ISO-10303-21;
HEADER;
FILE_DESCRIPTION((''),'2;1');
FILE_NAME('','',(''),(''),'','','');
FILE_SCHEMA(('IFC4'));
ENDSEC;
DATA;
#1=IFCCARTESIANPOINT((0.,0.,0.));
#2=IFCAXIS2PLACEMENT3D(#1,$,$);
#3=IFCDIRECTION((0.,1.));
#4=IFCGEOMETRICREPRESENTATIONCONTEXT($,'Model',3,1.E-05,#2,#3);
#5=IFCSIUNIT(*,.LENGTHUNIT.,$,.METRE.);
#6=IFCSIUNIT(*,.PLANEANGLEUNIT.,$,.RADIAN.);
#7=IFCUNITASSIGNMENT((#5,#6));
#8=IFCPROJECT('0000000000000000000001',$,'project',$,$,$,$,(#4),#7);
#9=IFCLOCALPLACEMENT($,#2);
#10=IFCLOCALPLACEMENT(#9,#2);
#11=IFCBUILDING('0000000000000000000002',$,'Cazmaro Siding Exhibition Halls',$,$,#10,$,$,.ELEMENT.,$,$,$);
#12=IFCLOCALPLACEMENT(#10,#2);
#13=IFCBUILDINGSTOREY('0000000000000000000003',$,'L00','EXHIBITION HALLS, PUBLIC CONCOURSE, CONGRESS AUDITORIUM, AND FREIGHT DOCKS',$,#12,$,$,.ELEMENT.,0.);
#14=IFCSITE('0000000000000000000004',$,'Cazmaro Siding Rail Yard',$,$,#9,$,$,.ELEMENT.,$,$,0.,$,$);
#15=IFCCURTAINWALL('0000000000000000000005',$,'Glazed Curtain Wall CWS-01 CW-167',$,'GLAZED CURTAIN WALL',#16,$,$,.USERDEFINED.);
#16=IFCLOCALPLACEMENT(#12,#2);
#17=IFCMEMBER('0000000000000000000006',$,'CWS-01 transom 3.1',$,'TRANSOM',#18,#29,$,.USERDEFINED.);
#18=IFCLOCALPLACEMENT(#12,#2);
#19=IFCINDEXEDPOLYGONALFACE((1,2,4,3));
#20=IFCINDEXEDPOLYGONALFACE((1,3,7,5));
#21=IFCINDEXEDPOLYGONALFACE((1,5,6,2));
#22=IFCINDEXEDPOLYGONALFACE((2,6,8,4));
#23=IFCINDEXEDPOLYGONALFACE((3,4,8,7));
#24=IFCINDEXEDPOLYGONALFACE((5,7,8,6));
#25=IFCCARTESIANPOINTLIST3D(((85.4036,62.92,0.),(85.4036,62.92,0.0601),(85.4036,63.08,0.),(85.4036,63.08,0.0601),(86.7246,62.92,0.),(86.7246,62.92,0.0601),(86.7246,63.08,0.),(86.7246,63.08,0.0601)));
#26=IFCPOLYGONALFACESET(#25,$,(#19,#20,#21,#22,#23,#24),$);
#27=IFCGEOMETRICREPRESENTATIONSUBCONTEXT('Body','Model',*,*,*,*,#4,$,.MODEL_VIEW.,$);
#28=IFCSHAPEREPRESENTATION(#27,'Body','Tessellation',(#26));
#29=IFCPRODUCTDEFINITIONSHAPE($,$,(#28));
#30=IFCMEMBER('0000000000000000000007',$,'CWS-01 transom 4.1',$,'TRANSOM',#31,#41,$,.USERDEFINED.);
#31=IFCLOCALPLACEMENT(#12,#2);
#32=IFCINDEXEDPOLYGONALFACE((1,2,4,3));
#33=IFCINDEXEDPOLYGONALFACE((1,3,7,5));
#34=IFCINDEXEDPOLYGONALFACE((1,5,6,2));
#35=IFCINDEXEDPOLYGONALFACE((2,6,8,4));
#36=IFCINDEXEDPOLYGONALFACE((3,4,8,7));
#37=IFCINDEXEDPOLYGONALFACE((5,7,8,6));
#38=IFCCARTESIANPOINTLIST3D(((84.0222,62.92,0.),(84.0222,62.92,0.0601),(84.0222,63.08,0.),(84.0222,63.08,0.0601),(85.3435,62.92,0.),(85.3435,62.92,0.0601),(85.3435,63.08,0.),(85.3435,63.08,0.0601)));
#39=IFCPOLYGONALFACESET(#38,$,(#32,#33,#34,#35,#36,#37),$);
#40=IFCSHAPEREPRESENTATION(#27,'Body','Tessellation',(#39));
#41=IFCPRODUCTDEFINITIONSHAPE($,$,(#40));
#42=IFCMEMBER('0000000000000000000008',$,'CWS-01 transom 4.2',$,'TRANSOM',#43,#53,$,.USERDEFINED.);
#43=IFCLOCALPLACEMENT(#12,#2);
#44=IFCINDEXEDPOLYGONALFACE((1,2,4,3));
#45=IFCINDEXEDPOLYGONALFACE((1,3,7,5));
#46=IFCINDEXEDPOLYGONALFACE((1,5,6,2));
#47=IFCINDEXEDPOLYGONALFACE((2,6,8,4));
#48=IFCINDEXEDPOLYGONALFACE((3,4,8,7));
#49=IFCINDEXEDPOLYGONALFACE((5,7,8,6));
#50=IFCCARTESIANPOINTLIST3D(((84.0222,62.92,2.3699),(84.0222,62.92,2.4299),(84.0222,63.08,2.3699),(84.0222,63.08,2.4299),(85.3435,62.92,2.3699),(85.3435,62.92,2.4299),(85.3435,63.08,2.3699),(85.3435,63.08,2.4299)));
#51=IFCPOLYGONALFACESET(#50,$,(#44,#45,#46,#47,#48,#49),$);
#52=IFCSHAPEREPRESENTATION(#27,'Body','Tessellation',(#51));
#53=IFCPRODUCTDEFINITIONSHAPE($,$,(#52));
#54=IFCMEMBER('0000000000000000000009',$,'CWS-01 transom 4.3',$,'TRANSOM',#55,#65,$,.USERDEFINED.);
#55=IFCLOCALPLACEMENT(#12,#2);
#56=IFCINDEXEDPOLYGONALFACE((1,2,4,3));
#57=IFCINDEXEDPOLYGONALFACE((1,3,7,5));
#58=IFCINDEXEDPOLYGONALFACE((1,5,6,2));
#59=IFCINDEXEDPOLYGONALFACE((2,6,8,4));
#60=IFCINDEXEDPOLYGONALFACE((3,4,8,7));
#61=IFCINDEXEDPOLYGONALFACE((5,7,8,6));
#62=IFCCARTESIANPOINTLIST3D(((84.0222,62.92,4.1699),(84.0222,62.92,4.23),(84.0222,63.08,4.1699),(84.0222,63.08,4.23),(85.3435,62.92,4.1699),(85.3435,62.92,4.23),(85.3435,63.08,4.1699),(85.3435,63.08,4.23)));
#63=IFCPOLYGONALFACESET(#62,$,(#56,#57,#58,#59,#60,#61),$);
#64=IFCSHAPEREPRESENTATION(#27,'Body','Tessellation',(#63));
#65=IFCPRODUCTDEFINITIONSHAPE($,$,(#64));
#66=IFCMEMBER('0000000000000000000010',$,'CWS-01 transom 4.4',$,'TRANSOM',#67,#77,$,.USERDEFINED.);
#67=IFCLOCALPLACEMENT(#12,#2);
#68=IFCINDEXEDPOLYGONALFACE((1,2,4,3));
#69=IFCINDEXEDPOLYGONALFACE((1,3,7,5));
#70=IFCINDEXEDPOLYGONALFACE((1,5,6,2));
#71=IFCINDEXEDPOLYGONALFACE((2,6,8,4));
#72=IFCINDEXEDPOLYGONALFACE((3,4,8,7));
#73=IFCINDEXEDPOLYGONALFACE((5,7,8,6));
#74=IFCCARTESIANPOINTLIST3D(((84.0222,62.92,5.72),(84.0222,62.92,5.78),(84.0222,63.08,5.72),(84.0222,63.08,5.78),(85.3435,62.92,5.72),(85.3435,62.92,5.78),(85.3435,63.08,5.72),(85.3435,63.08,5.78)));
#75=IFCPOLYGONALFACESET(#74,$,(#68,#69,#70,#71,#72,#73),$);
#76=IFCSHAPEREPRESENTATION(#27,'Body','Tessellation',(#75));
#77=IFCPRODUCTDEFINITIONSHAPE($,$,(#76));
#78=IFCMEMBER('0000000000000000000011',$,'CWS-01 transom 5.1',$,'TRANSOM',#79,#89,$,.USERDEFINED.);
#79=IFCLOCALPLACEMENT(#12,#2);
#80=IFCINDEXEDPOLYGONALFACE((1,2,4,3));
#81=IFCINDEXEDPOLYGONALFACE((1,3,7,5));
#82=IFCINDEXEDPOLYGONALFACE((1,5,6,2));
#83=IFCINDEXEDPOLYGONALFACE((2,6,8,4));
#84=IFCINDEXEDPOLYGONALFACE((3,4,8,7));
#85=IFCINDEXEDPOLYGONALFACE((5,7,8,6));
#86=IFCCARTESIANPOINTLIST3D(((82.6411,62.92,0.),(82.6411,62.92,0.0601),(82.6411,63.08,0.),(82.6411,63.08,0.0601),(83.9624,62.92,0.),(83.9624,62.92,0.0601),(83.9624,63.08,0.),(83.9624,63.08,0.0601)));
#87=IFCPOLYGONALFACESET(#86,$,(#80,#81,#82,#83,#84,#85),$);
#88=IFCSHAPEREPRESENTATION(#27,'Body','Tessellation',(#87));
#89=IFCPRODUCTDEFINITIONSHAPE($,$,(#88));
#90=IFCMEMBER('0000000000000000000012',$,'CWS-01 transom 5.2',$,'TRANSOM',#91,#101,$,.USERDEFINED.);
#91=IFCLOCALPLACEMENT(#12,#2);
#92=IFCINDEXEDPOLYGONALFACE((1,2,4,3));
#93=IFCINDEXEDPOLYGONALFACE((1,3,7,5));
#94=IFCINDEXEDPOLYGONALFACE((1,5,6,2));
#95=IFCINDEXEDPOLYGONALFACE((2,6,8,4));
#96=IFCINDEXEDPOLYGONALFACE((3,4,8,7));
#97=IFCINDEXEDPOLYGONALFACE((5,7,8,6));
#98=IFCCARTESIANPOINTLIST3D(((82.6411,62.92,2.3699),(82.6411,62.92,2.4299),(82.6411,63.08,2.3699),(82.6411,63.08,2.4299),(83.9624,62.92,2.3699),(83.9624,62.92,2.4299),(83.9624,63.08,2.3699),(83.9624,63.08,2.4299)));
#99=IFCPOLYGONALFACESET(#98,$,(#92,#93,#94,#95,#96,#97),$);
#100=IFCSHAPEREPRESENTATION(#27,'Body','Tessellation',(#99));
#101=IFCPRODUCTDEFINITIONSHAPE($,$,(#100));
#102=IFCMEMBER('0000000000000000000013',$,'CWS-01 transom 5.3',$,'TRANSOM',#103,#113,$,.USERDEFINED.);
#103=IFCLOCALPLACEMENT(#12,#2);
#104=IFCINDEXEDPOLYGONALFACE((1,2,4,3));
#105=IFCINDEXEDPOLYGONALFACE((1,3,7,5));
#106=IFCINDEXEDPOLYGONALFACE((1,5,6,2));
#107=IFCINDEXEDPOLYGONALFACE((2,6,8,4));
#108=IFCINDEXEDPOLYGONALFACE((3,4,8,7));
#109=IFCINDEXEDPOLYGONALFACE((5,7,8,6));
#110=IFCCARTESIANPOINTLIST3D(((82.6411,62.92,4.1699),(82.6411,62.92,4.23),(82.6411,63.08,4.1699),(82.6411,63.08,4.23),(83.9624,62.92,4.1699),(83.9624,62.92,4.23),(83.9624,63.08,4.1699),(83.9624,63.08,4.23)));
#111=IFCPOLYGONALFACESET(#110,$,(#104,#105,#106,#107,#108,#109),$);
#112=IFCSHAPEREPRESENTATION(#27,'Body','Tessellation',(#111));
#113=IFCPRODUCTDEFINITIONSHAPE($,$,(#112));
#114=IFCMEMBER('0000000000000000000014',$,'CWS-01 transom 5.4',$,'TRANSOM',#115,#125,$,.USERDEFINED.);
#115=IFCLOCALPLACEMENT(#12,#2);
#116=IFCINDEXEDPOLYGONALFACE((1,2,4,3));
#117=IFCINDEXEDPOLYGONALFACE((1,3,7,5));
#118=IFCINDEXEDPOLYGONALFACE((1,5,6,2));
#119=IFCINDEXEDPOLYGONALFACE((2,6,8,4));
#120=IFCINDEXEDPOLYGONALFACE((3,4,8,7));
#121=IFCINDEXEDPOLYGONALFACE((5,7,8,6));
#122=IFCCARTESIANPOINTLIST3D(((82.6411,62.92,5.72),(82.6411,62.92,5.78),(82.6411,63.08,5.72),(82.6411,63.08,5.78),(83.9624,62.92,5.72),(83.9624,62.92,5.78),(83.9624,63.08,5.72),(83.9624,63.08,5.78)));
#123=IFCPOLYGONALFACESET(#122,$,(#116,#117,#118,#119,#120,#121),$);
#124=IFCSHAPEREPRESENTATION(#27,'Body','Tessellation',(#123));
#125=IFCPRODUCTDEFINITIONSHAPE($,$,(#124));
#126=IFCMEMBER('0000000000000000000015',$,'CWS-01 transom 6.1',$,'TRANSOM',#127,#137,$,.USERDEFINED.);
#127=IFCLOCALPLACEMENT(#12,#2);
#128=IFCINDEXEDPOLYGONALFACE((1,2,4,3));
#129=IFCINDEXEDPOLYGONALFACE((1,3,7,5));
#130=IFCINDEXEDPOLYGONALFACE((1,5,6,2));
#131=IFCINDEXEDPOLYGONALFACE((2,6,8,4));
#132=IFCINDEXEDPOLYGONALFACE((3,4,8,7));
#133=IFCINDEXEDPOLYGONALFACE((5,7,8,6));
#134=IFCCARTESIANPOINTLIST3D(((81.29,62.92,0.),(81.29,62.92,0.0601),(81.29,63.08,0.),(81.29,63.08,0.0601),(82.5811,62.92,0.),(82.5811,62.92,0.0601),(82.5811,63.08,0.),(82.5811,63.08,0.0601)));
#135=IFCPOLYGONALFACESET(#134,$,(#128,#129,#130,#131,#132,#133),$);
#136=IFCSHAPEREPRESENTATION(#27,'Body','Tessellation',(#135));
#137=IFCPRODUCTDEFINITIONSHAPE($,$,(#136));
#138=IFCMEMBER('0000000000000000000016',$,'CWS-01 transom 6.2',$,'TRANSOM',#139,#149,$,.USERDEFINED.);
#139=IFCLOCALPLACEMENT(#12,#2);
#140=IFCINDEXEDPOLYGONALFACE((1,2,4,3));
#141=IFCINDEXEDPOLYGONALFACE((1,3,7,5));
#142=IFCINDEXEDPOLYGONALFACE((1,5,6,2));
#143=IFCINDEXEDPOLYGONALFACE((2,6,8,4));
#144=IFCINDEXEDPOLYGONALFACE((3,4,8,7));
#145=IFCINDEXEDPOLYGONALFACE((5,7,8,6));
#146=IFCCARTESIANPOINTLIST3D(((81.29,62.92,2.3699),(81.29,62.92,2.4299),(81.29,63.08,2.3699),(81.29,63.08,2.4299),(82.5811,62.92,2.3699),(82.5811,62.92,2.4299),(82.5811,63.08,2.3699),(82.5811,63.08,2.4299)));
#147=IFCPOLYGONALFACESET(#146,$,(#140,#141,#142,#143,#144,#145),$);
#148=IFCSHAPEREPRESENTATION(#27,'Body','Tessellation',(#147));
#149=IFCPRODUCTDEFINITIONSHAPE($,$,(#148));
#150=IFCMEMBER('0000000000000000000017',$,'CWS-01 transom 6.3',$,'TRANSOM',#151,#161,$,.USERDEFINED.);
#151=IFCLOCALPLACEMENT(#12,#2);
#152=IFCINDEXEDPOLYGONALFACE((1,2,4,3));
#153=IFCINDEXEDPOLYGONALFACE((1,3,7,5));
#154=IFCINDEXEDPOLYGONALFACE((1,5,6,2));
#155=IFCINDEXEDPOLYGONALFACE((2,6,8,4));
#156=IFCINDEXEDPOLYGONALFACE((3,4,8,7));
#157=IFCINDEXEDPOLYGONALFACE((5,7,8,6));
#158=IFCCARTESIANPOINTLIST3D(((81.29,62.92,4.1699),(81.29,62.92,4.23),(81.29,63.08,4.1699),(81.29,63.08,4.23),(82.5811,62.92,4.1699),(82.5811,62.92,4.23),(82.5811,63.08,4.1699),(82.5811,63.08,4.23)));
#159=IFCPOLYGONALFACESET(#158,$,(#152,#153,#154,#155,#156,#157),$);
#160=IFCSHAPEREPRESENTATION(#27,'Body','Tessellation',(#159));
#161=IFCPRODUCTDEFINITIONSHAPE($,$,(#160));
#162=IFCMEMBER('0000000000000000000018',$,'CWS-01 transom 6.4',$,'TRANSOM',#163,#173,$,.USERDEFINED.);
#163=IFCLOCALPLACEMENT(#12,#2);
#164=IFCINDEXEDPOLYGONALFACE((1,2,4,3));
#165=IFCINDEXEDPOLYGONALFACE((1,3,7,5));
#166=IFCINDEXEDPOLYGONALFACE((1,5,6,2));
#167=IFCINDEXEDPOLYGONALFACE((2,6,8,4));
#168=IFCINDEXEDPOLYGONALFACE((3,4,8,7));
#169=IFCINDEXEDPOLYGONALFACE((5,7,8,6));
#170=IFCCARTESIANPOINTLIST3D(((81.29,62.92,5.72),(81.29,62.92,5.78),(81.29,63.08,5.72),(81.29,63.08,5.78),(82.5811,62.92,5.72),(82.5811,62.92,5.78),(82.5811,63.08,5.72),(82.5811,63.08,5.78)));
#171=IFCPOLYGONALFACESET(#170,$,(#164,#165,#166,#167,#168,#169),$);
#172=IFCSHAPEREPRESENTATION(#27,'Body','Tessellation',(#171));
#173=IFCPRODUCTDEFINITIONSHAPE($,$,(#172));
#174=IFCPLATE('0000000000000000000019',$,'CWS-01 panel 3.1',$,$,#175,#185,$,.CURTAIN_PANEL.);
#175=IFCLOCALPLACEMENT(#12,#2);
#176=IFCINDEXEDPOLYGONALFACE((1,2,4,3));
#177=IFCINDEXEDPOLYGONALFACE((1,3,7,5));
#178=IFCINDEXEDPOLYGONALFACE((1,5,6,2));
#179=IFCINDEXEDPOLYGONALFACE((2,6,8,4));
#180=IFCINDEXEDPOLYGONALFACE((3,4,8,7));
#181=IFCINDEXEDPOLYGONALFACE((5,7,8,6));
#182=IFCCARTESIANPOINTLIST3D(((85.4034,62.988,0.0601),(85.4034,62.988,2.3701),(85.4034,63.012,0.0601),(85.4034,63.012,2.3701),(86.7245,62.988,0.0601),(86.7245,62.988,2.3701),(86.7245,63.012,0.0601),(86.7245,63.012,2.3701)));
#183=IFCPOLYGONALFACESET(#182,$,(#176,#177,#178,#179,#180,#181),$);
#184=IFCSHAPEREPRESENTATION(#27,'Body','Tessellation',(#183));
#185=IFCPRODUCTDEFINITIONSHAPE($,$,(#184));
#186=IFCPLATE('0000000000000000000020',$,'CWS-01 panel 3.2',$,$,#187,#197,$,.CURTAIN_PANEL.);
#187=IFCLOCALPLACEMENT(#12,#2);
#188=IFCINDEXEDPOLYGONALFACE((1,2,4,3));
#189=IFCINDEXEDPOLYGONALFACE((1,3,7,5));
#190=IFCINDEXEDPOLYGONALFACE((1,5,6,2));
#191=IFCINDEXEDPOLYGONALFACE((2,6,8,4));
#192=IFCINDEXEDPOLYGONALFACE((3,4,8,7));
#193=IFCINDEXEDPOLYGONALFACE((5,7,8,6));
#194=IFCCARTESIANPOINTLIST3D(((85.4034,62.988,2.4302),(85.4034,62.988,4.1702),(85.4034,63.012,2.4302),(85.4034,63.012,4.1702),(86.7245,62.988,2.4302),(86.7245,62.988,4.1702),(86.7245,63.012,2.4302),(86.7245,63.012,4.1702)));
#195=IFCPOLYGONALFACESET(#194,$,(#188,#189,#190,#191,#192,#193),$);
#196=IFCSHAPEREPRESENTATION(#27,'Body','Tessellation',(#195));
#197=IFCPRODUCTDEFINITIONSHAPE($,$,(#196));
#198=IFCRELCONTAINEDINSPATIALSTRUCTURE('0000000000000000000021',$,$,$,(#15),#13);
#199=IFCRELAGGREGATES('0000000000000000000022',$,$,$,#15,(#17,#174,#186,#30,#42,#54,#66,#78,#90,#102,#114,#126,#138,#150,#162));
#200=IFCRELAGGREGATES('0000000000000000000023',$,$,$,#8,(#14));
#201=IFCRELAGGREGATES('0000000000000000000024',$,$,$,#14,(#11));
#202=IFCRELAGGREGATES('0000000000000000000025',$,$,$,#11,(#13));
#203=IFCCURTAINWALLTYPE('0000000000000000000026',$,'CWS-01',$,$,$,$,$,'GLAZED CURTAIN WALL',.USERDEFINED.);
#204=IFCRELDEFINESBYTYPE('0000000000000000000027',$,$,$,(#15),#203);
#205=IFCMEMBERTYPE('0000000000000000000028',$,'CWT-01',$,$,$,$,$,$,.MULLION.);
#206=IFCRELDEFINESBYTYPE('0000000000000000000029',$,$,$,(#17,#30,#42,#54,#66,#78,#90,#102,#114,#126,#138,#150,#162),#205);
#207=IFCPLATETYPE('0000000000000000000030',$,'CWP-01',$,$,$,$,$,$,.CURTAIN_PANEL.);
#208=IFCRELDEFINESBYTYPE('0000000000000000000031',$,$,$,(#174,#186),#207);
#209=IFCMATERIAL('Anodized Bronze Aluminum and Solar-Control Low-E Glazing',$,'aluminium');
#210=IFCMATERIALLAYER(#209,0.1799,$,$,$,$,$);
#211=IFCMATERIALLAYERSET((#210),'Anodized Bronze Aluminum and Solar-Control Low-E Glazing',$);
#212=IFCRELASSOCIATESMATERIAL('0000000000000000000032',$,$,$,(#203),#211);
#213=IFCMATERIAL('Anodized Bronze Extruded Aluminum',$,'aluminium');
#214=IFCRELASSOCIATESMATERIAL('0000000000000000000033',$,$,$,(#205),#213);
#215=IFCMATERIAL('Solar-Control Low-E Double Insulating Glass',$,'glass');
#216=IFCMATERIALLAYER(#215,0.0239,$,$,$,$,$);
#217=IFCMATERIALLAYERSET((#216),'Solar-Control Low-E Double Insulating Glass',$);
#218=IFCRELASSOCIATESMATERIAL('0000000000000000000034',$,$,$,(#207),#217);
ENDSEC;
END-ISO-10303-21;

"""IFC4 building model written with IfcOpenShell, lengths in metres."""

from ifc_helpers import new_model, si_unit, direction, frame, origin, origin_2d, place, context, subcontext, project, spatial, rectangle, extrude, material, layer, layer_set, material_profile, profile_set, type_object, element, aggregate, save


model = new_model("IFC4")

# Units and contexts
model_context = context("Model", 3, precision=1e-05, world=origin(), true_north=direction((0.0, 1.0)))
body_context = subcontext(model_context, "Body", "Model", "MODEL_VIEW")
ifc_project = project(units=[si_unit("LENGTHUNIT", "METRE"), si_unit("PLANEANGLEUNIT", "RADIAN")], contexts=[model_context])

# Site, building, storey
site_placement = place(None, origin())
site = spatial("IfcSite", under=ifc_project, at=site_placement, Name="Cazmaro Siding Rail Yard", CompositionType="ELEMENT", RefElevation=0.0)
building_placement = place(site_placement, origin())
building = spatial("IfcBuilding", under=site, at=building_placement, Name="Cazmaro Siding Exhibition Halls", CompositionType="ELEMENT")
storey_placement = place(building_placement, origin())
storey = spatial("IfcBuildingStorey", under=building, at=storey_placement, Name="L00", Description="EXHIBITION HALLS, PUBLIC CONCOURSE, CONGRESS AUDITORIUM, AND FREIGHT DOCKS", CompositionType="ELEMENT", Elevation=0.0)

# Curtain wall, members, plates
ifc_material_1 = material(Name="Anodized Bronze Aluminum and Solar-Control Low-E Glazing", Category="aluminium")
ifc_layer_1 = layer(ifc_material_1, 0.1799)
ifc_layer_set_1 = layer_set([ifc_layer_1], Name="Anodized Bronze Aluminum and Solar-Control Low-E Glazing")
curtain_wall_type = type_object("IfcCurtainWallType", Name="CWS-01", ElementType="GLAZED CURTAIN WALL", PredefinedType="USERDEFINED", material=ifc_layer_set_1)
curtain_wall_placement = place(storey_placement, origin())
curtain_wall = element("IfcCurtainWall", 1, at=curtain_wall_placement, inside=storey, type_object=curtain_wall_type, Name="Glazed Curtain Wall CWS-01 CW-167", ObjectType="GLAZED CURTAIN WALL", PredefinedType="USERDEFINED")
ifc_material_2 = material(Name="Anodized Bronze Extruded Aluminum", Category="aluminium")
ifc_material_profile_1 = material_profile(ifc_material_2, rectangle(XDim=0.1599, YDim=0.0601, at=origin_2d()), Name="CWT-01")
ifc_profile_set_1 = profile_set([ifc_material_profile_1], Name="Anodized Bronze Extruded Aluminum")
member_type_1 = type_object("IfcMemberType", Name="CWT-01", PredefinedType="MULLION", material=ifc_profile_set_1)
member_1_placement = place(storey_placement, frame((86.7246, 63.0, 0.03), z_axis=(-1.0, 0.0, 0.0), x_axis=(0.0, -1.0, 0.0)))
member_1 = element("IfcMember", 2, at=member_1_placement, type_object=member_type_1, Name="CWS-01 transom 3.1", ObjectType="TRANSOM", PredefinedType="USERDEFINED", context=body_context, shape_type="SweptSolid", body=[
    extrude(rectangle(XDim=0.1599, YDim=0.0601, at=origin_2d()), origin(), (0.0, 0.0, 1.0), 1.321),
])
member_2_placement = place(storey_placement, frame((85.3435, 63.0, 0.03), z_axis=(-1.0, 0.0, 0.0), x_axis=(0.0, -1.0, 0.0)))
member_2 = element("IfcMember", 3, at=member_2_placement, type_object=member_type_1, Name="CWS-01 transom 4.1", ObjectType="TRANSOM", PredefinedType="USERDEFINED", context=body_context, shape_type="SweptSolid", body=[
    extrude(rectangle(XDim=0.1599, YDim=0.0601, at=origin_2d()), origin(), (0.0, 0.0, 1.0), 1.3213),
])
member_3_placement = place(storey_placement, frame((85.3435, 63.0, 2.3999), z_axis=(-1.0, 0.0, 0.0), x_axis=(0.0, -1.0, 0.0)))
member_3 = element("IfcMember", 4, at=member_3_placement, type_object=member_type_1, Name="CWS-01 transom 4.2", ObjectType="TRANSOM", PredefinedType="USERDEFINED", context=body_context, shape_type="SweptSolid", body=[
    extrude(rectangle(XDim=0.1599, YDim=0.0601, at=origin_2d()), origin(), (0.0, 0.0, 1.0), 1.3213),
])
member_4_placement = place(storey_placement, frame((85.3435, 63.0, 4.2), z_axis=(-1.0, 0.0, 0.0), x_axis=(0.0, -1.0, 0.0)))
member_4 = element("IfcMember", 5, at=member_4_placement, type_object=member_type_1, Name="CWS-01 transom 4.3", ObjectType="TRANSOM", PredefinedType="USERDEFINED", context=body_context, shape_type="SweptSolid", body=[
    extrude(rectangle(XDim=0.1599, YDim=0.0601, at=origin_2d()), origin(), (0.0, 0.0, 1.0), 1.3213),
])
member_5_placement = place(storey_placement, frame((85.3435, 63.0, 5.75), z_axis=(-1.0, 0.0, 0.0), x_axis=(0.0, -1.0, 0.0)))
member_5 = element("IfcMember", 6, at=member_5_placement, type_object=member_type_1, Name="CWS-01 transom 4.4", ObjectType="TRANSOM", PredefinedType="USERDEFINED", context=body_context, shape_type="SweptSolid", body=[
    extrude(rectangle(XDim=0.1599, YDim=0.0601, at=origin_2d()), origin(), (0.0, 0.0, 1.0), 1.3213),
])
member_6_placement = place(storey_placement, frame((83.9624, 63.0, 0.03), z_axis=(-1.0, 0.0, 0.0), x_axis=(0.0, -1.0, 0.0)))
member_6 = element("IfcMember", 7, at=member_6_placement, type_object=member_type_1, Name="CWS-01 transom 5.1", ObjectType="TRANSOM", PredefinedType="USERDEFINED", context=body_context, shape_type="SweptSolid", body=[
    extrude(rectangle(XDim=0.1599, YDim=0.0601, at=origin_2d()), origin(), (0.0, 0.0, 1.0), 1.3213),
])
member_7_placement = place(storey_placement, frame((83.9624, 63.0, 2.3999), z_axis=(-1.0, 0.0, 0.0), x_axis=(0.0, -1.0, 0.0)))
member_7 = element("IfcMember", 8, at=member_7_placement, type_object=member_type_1, Name="CWS-01 transom 5.2", ObjectType="TRANSOM", PredefinedType="USERDEFINED", context=body_context, shape_type="SweptSolid", body=[
    extrude(rectangle(XDim=0.1599, YDim=0.0601, at=origin_2d()), origin(), (0.0, 0.0, 1.0), 1.3213),
])
member_8_placement = place(storey_placement, frame((83.9624, 63.0, 4.2), z_axis=(-1.0, 0.0, 0.0), x_axis=(0.0, -1.0, 0.0)))
member_8 = element("IfcMember", 9, at=member_8_placement, type_object=member_type_1, Name="CWS-01 transom 5.3", ObjectType="TRANSOM", PredefinedType="USERDEFINED", context=body_context, shape_type="SweptSolid", body=[
    extrude(rectangle(XDim=0.1599, YDim=0.0601, at=origin_2d()), origin(), (0.0, 0.0, 1.0), 1.3213),
])
member_9_placement = place(storey_placement, frame((83.9624, 63.0, 5.75), z_axis=(-1.0, 0.0, 0.0), x_axis=(0.0, -1.0, 0.0)))
member_9 = element("IfcMember", 10, at=member_9_placement, type_object=member_type_1, Name="CWS-01 transom 5.4", ObjectType="TRANSOM", PredefinedType="USERDEFINED", context=body_context, shape_type="SweptSolid", body=[
    extrude(rectangle(XDim=0.1599, YDim=0.0601, at=origin_2d()), origin(), (0.0, 0.0, 1.0), 1.3213),
])
member_10_placement = place(storey_placement, frame((82.5811, 63.0, 0.03), z_axis=(-1.0, 0.0, 0.0), x_axis=(0.0, -1.0, 0.0)))
member_10 = element("IfcMember", 11, at=member_10_placement, type_object=member_type_1, Name="CWS-01 transom 6.1", ObjectType="TRANSOM", PredefinedType="USERDEFINED", context=body_context, shape_type="SweptSolid", body=[
    extrude(rectangle(XDim=0.1599, YDim=0.0601, at=origin_2d()), origin(), (0.0, 0.0, 1.0), 1.291),
])
member_11_placement = place(storey_placement, frame((82.5811, 63.0, 2.3999), z_axis=(-1.0, 0.0, 0.0), x_axis=(0.0, -1.0, 0.0)))
member_11 = element("IfcMember", 12, at=member_11_placement, type_object=member_type_1, Name="CWS-01 transom 6.2", ObjectType="TRANSOM", PredefinedType="USERDEFINED", context=body_context, shape_type="SweptSolid", body=[
    extrude(rectangle(XDim=0.1599, YDim=0.0601, at=origin_2d()), origin(), (0.0, 0.0, 1.0), 1.291),
])
member_12_placement = place(storey_placement, frame((82.5811, 63.0, 4.2), z_axis=(-1.0, 0.0, 0.0), x_axis=(0.0, -1.0, 0.0)))
member_12 = element("IfcMember", 13, at=member_12_placement, type_object=member_type_1, Name="CWS-01 transom 6.3", ObjectType="TRANSOM", PredefinedType="USERDEFINED", context=body_context, shape_type="SweptSolid", body=[
    extrude(rectangle(XDim=0.1599, YDim=0.0601, at=origin_2d()), origin(), (0.0, 0.0, 1.0), 1.291),
])
member_13_placement = place(storey_placement, frame((82.5811, 63.0, 5.75), z_axis=(-1.0, 0.0, 0.0), x_axis=(0.0, -1.0, 0.0)))
member_13 = element("IfcMember", 14, at=member_13_placement, type_object=member_type_1, Name="CWS-01 transom 6.4", ObjectType="TRANSOM", PredefinedType="USERDEFINED", context=body_context, shape_type="SweptSolid", body=[
    extrude(rectangle(XDim=0.1599, YDim=0.0601, at=origin_2d()), origin(), (0.0, 0.0, 1.0), 1.291),
])
ifc_material_3 = material(Name="Solar-Control Low-E Double Insulating Glass", Category="glass")
ifc_layer_2 = layer(ifc_material_3, 0.0239)
ifc_layer_set_2 = layer_set([ifc_layer_2], Name="Solar-Control Low-E Double Insulating Glass")
plate_type = type_object("IfcPlateType", Name="CWP-01", PredefinedType="CURTAIN_PANEL", material=ifc_layer_set_2)
plate_1_placement = place(storey_placement, frame((86.064, 63.0, 0.0601), z_axis=(0.0, 0.0, 1.0), x_axis=(-1.0, 0.0, 0.0)))
plate_1 = element("IfcPlate", 15, at=plate_1_placement, type_object=plate_type, Name="CWS-01 panel 3.1", PredefinedType="CURTAIN_PANEL", context=body_context, shape_type="SweptSolid", body=[
    extrude(rectangle(XDim=1.321, YDim=0.0239, at=origin_2d()), origin(), (0.0, 0.0, 1.0), 2.3101),
])
plate_2_placement = place(storey_placement, frame((86.064, 63.0, 2.4302), z_axis=(0.0, 0.0, 1.0), x_axis=(-1.0, 0.0, 0.0)))
plate_2 = element("IfcPlate", 16, at=plate_2_placement, type_object=plate_type, Name="CWS-01 panel 3.2", PredefinedType="CURTAIN_PANEL", context=body_context, shape_type="SweptSolid", body=[
    extrude(rectangle(XDim=1.321, YDim=0.0239, at=origin_2d()), origin(), (0.0, 0.0, 1.0), 1.74),
])
aggregate(curtain_wall, [member_1, plate_1, plate_2, member_2, member_3, member_4, member_5, member_6, member_7, member_8, member_9, member_10, member_11, member_12, member_13])

save(model, "model.ifc")
